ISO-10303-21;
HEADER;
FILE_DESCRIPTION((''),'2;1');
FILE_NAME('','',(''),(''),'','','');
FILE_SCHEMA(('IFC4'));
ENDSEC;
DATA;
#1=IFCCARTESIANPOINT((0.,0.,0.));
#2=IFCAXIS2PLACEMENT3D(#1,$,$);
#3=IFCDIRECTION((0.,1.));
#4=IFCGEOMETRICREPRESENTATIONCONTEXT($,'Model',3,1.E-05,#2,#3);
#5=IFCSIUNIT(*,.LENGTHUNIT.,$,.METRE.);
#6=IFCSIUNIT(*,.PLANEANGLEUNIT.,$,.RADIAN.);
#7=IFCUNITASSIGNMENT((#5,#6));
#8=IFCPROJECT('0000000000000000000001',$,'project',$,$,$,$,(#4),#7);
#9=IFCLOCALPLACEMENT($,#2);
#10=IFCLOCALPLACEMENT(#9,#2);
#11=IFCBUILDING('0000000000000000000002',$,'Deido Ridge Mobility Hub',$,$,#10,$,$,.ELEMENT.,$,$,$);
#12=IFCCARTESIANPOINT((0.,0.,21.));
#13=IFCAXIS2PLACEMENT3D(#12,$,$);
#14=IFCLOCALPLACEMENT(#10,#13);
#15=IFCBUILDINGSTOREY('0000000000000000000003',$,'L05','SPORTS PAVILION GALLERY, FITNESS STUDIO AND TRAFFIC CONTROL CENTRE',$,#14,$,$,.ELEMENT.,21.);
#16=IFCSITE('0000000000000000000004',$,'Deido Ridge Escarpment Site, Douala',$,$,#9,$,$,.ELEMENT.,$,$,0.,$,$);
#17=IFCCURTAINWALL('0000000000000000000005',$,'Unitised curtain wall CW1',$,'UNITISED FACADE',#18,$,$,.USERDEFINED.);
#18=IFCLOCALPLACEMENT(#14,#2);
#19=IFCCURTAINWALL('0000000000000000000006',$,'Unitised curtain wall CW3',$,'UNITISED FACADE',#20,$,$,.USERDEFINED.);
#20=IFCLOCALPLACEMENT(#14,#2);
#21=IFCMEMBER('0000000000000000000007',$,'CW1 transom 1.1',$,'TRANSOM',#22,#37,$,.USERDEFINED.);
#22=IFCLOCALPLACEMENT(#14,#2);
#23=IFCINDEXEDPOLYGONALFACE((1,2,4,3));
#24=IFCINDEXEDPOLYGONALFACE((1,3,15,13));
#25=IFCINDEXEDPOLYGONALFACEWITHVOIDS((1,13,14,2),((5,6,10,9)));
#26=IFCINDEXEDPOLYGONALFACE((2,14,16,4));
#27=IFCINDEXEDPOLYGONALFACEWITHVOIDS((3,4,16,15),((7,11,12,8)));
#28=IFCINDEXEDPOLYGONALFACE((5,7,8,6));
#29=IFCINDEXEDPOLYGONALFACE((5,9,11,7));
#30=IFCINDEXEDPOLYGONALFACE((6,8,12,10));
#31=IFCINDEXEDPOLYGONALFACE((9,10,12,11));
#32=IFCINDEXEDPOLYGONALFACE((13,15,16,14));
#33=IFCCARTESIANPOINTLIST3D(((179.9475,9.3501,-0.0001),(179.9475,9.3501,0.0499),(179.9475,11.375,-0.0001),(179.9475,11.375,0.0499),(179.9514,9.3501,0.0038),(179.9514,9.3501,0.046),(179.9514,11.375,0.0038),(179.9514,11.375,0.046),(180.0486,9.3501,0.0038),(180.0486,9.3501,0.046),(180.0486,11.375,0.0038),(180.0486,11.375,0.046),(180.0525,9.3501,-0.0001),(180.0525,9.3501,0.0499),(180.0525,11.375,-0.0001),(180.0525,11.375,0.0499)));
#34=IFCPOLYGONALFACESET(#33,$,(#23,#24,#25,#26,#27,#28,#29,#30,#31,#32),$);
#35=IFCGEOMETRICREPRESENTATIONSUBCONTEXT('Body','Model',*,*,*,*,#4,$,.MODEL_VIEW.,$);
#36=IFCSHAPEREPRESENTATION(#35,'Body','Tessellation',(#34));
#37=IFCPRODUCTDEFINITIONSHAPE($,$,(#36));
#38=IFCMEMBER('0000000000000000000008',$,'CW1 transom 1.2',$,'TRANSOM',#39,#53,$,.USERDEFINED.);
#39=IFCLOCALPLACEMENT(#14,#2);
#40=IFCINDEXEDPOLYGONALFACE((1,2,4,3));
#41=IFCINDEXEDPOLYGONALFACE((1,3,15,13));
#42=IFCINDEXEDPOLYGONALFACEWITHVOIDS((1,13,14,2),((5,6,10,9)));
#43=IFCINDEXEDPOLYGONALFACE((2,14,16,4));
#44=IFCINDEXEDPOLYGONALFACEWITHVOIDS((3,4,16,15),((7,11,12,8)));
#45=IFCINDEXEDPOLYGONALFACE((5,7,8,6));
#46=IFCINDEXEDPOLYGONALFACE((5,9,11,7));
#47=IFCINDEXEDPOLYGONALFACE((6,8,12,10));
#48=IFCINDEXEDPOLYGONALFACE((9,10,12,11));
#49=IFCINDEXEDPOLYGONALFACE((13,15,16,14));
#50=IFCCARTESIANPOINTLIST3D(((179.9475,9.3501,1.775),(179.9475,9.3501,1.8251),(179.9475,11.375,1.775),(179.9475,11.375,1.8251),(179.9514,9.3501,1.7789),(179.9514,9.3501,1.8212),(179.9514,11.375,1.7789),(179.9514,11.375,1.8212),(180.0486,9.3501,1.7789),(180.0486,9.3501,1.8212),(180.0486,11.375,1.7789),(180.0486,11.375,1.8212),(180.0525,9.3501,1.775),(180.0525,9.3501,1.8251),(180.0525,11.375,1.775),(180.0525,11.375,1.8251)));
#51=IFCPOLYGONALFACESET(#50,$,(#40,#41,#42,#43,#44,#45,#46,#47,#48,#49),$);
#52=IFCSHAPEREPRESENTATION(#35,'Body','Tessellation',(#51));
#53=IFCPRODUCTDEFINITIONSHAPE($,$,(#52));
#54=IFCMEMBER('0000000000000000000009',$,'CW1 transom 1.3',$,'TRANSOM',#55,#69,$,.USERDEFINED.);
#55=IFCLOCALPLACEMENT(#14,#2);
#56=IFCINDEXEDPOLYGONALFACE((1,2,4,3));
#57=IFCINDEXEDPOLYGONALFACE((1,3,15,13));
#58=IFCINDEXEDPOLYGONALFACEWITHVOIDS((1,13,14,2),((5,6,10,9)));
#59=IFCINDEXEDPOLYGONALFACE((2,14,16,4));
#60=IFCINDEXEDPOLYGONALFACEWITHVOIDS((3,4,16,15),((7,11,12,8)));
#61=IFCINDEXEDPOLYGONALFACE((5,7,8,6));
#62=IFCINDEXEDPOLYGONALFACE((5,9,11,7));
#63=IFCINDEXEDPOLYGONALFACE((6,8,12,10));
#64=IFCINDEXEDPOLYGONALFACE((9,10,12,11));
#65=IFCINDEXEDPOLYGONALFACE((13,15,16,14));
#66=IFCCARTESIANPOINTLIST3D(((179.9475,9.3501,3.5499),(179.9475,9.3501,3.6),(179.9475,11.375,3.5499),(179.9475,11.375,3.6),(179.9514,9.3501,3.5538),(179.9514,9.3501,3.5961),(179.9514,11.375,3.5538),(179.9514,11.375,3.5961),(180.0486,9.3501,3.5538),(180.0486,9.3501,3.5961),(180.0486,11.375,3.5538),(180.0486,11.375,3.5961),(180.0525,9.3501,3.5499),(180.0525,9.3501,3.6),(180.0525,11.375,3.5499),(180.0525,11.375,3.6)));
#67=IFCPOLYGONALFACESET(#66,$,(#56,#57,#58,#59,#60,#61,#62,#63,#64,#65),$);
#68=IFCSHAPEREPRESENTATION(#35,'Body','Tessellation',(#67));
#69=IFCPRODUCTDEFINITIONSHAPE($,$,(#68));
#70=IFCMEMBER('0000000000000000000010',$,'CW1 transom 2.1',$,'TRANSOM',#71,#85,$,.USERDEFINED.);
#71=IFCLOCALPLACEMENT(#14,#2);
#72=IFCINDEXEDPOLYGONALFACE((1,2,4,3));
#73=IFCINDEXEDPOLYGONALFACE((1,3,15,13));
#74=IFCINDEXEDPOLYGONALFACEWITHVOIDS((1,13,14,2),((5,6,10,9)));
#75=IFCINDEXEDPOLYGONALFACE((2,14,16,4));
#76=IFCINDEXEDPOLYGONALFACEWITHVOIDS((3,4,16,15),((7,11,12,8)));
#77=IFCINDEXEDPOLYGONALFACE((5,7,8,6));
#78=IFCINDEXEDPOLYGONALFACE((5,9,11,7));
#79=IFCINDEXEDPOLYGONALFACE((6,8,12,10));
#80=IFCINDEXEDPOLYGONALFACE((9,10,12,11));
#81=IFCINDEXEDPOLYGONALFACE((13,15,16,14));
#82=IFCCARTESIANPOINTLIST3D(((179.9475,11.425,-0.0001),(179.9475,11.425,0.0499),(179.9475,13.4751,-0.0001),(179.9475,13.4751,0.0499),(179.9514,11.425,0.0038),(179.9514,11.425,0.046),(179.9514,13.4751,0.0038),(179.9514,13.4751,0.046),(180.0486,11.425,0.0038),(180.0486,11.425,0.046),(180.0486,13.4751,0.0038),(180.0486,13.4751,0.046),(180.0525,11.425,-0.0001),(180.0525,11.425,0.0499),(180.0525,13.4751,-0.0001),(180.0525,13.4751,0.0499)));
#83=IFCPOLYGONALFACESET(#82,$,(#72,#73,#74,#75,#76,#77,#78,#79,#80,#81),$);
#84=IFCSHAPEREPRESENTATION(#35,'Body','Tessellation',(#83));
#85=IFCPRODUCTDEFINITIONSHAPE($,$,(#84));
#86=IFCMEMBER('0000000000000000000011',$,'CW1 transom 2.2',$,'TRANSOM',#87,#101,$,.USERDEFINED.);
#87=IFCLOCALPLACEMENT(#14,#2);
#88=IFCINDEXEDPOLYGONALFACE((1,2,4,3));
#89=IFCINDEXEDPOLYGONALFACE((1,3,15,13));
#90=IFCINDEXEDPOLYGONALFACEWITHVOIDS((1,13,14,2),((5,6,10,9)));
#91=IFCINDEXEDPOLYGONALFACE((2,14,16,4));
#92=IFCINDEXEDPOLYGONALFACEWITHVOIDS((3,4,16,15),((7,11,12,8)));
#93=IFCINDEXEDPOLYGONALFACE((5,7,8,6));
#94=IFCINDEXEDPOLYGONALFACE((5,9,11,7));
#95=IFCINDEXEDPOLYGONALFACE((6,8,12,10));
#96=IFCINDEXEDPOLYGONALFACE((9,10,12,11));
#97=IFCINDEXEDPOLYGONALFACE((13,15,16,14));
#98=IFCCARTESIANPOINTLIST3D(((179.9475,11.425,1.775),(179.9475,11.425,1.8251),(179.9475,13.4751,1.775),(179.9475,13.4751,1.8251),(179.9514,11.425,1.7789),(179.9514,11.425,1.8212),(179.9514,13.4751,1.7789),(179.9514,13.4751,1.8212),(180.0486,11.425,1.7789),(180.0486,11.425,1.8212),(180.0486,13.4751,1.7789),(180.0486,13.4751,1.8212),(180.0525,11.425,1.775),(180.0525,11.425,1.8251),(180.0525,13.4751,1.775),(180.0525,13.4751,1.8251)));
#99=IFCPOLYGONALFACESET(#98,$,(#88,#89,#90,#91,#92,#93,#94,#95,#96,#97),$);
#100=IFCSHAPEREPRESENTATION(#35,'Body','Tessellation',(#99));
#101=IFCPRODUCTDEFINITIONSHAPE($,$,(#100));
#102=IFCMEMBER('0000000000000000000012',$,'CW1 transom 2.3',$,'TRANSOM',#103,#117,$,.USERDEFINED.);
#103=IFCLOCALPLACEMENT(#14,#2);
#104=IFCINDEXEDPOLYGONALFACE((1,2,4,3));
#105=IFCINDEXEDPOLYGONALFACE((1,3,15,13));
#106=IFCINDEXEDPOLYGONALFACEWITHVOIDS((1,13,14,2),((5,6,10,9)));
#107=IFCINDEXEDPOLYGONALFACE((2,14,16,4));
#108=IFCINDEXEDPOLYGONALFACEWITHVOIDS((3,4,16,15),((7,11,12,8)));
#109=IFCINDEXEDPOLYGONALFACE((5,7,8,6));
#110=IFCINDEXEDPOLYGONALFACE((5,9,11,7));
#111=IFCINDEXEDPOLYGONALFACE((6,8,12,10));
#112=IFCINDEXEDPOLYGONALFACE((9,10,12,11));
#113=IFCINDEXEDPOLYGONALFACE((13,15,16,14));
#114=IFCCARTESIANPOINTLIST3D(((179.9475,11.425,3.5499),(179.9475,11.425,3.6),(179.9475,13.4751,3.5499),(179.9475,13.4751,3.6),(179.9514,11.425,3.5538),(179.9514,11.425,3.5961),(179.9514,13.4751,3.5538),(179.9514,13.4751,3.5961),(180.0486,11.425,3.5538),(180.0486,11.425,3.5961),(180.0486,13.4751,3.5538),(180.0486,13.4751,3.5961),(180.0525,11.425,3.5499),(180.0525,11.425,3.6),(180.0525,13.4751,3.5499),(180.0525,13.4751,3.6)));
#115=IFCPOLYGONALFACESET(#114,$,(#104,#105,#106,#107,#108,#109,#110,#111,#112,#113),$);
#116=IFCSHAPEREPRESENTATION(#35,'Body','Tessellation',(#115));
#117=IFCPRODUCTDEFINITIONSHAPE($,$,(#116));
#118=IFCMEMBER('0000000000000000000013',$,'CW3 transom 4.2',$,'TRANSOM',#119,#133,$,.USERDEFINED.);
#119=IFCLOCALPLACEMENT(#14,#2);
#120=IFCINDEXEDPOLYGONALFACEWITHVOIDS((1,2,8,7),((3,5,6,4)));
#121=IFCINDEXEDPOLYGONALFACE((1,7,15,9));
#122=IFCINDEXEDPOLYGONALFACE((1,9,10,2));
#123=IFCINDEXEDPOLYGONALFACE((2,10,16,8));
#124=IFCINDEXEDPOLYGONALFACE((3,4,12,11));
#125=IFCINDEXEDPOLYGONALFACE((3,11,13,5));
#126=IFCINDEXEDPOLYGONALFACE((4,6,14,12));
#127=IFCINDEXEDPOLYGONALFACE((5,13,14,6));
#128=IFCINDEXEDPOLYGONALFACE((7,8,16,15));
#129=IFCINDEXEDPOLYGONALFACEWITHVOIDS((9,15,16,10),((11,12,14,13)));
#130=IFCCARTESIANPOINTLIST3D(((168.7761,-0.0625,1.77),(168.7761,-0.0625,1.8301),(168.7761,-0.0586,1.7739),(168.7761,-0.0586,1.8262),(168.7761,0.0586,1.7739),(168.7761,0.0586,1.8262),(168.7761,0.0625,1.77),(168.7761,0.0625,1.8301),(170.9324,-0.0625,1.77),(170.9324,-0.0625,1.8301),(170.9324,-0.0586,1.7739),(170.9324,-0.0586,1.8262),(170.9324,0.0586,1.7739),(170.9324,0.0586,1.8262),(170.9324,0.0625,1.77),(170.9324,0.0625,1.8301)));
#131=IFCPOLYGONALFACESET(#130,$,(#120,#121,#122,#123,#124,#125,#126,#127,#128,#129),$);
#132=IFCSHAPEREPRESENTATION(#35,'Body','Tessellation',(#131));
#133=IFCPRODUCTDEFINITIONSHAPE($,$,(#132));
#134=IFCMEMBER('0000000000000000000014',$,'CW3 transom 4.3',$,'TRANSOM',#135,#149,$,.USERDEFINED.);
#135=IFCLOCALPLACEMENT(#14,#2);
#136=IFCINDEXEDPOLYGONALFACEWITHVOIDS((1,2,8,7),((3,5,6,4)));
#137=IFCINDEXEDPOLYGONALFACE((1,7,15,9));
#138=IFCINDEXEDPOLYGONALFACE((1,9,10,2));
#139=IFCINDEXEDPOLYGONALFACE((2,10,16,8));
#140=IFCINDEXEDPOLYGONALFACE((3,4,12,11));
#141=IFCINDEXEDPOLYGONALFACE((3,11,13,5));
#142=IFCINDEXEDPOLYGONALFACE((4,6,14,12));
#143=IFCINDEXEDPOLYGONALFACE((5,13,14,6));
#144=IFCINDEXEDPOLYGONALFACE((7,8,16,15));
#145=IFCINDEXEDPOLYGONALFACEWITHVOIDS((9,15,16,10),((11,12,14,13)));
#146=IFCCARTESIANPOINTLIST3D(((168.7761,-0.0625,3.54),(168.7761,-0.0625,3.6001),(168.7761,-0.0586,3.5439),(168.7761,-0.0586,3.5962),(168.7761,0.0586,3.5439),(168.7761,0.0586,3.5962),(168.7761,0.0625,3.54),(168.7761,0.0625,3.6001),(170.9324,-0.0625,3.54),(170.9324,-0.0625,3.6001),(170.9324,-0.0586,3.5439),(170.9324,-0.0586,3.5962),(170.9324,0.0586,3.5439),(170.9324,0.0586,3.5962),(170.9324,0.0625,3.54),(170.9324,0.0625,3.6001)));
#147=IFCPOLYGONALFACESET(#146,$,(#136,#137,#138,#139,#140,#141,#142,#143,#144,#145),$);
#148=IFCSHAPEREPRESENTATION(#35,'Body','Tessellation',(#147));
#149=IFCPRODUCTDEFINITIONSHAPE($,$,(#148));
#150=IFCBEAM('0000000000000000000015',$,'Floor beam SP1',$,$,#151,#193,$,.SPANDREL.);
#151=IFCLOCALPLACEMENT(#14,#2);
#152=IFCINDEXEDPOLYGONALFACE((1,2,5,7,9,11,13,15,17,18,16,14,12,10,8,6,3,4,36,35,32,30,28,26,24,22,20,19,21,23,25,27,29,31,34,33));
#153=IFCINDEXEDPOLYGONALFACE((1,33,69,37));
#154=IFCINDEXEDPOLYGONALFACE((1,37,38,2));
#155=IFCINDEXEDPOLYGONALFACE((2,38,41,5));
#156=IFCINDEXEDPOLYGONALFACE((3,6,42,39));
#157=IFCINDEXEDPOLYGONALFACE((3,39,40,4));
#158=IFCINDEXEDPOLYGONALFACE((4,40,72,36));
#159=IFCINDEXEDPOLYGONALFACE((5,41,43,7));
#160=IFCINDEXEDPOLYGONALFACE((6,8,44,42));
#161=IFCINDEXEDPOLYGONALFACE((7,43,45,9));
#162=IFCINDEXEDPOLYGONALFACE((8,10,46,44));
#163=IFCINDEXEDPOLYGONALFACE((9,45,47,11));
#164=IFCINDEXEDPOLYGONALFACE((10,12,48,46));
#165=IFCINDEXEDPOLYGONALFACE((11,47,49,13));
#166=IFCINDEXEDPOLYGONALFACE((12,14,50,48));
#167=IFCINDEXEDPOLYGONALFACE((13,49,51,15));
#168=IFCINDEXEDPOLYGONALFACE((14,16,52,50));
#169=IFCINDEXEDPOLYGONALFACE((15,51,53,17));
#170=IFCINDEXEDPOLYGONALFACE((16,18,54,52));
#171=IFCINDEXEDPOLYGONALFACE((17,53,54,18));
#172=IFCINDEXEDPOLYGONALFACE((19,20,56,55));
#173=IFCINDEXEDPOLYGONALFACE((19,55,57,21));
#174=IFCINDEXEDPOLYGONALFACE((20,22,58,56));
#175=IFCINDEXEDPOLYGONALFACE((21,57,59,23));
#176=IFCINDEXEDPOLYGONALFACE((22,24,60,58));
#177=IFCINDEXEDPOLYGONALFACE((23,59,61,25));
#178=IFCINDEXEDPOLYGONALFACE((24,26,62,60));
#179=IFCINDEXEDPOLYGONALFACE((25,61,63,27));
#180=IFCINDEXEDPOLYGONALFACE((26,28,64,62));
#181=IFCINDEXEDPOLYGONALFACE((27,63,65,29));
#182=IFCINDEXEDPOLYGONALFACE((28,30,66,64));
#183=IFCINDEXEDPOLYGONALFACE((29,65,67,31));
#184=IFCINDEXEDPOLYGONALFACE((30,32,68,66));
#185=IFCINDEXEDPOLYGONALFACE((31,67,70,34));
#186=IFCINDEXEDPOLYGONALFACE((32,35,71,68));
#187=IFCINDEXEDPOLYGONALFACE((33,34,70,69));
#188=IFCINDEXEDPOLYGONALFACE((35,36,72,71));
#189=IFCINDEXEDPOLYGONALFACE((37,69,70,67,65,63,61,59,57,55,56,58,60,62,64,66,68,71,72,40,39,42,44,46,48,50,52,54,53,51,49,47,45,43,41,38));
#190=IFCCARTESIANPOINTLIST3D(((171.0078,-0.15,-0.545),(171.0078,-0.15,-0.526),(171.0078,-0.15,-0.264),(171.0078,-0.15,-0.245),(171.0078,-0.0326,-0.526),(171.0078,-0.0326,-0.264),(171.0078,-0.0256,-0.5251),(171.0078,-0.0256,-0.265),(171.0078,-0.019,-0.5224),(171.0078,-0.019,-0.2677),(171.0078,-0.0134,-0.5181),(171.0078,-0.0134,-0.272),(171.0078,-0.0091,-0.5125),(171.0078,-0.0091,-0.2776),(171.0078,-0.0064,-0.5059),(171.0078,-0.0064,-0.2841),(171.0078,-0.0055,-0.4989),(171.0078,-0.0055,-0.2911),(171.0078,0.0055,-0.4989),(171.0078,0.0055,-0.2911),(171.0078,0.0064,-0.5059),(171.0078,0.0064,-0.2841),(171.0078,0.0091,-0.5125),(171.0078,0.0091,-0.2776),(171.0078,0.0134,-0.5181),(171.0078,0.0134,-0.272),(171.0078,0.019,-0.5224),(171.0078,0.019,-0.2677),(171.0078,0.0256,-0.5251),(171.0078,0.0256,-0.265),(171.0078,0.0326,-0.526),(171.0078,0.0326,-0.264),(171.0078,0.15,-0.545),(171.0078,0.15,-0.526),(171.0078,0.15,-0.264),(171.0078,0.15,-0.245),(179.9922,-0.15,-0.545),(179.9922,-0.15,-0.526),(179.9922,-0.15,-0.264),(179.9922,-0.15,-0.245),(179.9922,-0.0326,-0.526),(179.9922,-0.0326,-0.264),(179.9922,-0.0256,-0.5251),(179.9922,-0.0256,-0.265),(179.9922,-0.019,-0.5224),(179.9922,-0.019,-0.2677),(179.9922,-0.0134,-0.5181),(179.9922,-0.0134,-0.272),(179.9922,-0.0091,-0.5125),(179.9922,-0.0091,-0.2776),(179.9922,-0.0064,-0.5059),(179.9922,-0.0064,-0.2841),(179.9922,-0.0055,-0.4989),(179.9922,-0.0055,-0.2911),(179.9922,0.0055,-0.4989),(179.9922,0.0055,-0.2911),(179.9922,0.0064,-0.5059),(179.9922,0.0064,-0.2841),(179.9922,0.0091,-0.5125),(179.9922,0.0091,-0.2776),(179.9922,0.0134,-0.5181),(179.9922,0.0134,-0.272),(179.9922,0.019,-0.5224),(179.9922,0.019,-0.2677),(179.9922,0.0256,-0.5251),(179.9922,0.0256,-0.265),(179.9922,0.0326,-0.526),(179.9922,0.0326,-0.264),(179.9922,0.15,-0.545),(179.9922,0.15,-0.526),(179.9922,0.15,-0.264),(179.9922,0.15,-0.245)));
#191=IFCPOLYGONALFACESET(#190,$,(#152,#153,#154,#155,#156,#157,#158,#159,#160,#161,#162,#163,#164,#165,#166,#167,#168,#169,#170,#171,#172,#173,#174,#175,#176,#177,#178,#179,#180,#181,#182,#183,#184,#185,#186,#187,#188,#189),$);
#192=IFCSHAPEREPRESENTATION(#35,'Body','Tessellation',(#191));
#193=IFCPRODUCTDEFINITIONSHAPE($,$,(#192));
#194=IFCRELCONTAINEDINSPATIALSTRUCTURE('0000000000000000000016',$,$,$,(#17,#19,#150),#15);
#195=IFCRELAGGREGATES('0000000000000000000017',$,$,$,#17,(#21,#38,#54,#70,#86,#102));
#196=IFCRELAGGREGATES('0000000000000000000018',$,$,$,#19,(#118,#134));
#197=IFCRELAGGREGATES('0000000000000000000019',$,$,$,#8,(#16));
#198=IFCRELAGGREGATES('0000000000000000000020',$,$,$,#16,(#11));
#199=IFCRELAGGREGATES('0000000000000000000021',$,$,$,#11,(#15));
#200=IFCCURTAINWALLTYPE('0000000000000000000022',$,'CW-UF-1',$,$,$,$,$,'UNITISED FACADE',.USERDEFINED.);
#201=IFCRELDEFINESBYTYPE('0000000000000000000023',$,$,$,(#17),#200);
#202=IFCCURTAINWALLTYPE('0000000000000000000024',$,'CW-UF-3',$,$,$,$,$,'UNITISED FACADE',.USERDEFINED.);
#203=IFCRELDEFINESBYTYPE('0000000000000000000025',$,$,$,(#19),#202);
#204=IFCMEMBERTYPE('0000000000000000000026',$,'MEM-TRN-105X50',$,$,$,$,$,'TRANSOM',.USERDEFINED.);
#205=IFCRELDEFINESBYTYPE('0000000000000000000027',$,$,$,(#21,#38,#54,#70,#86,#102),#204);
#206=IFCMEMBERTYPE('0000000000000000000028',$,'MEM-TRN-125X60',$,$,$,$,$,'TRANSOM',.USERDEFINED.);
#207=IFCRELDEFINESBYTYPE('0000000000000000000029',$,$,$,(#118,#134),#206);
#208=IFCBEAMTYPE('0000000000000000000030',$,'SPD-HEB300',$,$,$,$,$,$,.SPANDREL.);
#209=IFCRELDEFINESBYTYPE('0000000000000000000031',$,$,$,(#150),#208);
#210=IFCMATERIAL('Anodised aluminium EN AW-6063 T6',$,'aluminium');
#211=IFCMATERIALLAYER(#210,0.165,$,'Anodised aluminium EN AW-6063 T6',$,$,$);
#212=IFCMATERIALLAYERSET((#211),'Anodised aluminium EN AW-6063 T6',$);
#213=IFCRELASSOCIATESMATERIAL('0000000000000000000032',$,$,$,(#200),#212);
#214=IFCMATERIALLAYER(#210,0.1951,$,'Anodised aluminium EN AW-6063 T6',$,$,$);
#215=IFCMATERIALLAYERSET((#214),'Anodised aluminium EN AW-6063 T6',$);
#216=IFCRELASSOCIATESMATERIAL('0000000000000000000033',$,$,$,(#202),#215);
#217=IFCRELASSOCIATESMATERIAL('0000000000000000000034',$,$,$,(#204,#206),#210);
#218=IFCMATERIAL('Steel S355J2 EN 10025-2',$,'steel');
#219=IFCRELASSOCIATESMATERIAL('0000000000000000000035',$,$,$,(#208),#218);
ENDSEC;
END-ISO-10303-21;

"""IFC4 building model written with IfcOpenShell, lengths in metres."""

from ifc_helpers import new_model, si_unit, direction, frame, origin, origin_2d, place, context, subcontext, project, spatial, hollow_rectangle, i_section, extrude, material, layer, layer_set, material_profile, profile_set, type_object, element, aggregate, save


model = new_model("IFC4")

# Units and contexts
model_context = context("Model", 3, precision=1e-05, world=origin(), true_north=direction((0.0, 1.0)))
body_context = subcontext(model_context, "Body", "Model", "MODEL_VIEW")
ifc_project = project(units=[si_unit("LENGTHUNIT", "METRE"), si_unit("PLANEANGLEUNIT", "RADIAN")], contexts=[model_context])

# Site, building, storey
site_placement = place(None, origin())
site = spatial("IfcSite", under=ifc_project, at=site_placement, Name="Deido Ridge Escarpment Site, Douala", CompositionType="ELEMENT", RefElevation=0.0)
building_placement = place(site_placement, origin())
building = spatial("IfcBuilding", under=site, at=building_placement, Name="Deido Ridge Mobility Hub", CompositionType="ELEMENT")
storey_placement = place(building_placement, frame((0.0, 0.0, 21.0)))
storey = spatial("IfcBuildingStorey", under=building, at=storey_placement, Name="L05", Description="SPORTS PAVILION GALLERY, FITNESS STUDIO AND TRAFFIC CONTROL CENTRE", CompositionType="ELEMENT", Elevation=21.0)

# Shared definitions
ifc_material_1 = material(Name="Steel S355J2 EN 10025-2", Category="steel")

# Curtain wall
ifc_material_2 = material(Name="Anodised aluminium EN AW-6063 T6", Category="aluminium")
ifc_layer_1 = layer(ifc_material_2, 0.165, Name="Anodised aluminium EN AW-6063 T6")
ifc_layer_set_1 = layer_set([ifc_layer_1], Name="Anodised aluminium EN AW-6063 T6")
curtain_wall_type_1 = type_object("IfcCurtainWallType", Name="CW-UF-1", ElementType="UNITISED FACADE", PredefinedType="USERDEFINED", material=ifc_layer_set_1)
curtain_wall_1_placement = place(storey_placement, origin())
curtain_wall_1 = element("IfcCurtainWall", 1, at=curtain_wall_1_placement, inside=storey, type_object=curtain_wall_type_1, Name="Unitised curtain wall CW1", ObjectType="UNITISED FACADE", PredefinedType="USERDEFINED")

# Curtain wall
ifc_layer_2 = layer(ifc_material_2, 0.1951, Name="Anodised aluminium EN AW-6063 T6")
ifc_layer_set_2 = layer_set([ifc_layer_2], Name="Anodised aluminium EN AW-6063 T6")
curtain_wall_type_2 = type_object("IfcCurtainWallType", Name="CW-UF-3", ElementType="UNITISED FACADE", PredefinedType="USERDEFINED", material=ifc_layer_set_2)
curtain_wall_2_placement = place(storey_placement, origin())
curtain_wall_2 = element("IfcCurtainWall", 2, at=curtain_wall_2_placement, inside=storey, type_object=curtain_wall_type_2, Name="Unitised curtain wall CW3", ObjectType="UNITISED FACADE", PredefinedType="USERDEFINED")

# Members
ifc_material_profile_1 = material_profile(ifc_material_2, hollow_rectangle(XDim=0.105, YDim=0.05, WallThickness=0.0039, at=origin_2d()), Name="RHS 105x50x4")
ifc_profile_set_1 = profile_set([ifc_material_profile_1], Name="Anodised aluminium EN AW-6063 T6")
member_type_1 = type_object("IfcMemberType", Name="MEM-TRN-105X50", ElementType="TRANSOM", PredefinedType="USERDEFINED", material=ifc_profile_set_1)
member_1_placement = place(storey_placement, frame((180.0, 9.3501, 0.0249), z_axis=(0.0, 1.0, 0.0), x_axis=(-1.0, 0.0, 0.0)))
member_1 = element("IfcMember", 3, at=member_1_placement, type_object=member_type_1, Name="CW1 transom 1.1", ObjectType="TRANSOM", PredefinedType="USERDEFINED", context=body_context, shape_type="SweptSolid", body=[
    extrude(hollow_rectangle(XDim=0.105, YDim=0.05, WallThickness=0.0039, at=origin_2d()), origin(), (0.0, 0.0, 1.0), 2.0249),
])
member_2_placement = place(storey_placement, frame((180.0, 9.3501, 1.8), z_axis=(0.0, 1.0, 0.0), x_axis=(-1.0, 0.0, 0.0)))
member_2 = element("IfcMember", 4, at=member_2_placement, type_object=member_type_1, Name="CW1 transom 1.2", ObjectType="TRANSOM", PredefinedType="USERDEFINED", context=body_context, shape_type="SweptSolid", body=[
    extrude(hollow_rectangle(XDim=0.105, YDim=0.05, WallThickness=0.0039, at=origin_2d()), origin(), (0.0, 0.0, 1.0), 2.0249),
])
member_3_placement = place(storey_placement, frame((180.0, 9.3501, 3.575), z_axis=(0.0, 1.0, 0.0), x_axis=(-1.0, 0.0, 0.0)))
member_3 = element("IfcMember", 5, at=member_3_placement, type_object=member_type_1, Name="CW1 transom 1.3", ObjectType="TRANSOM", PredefinedType="USERDEFINED", context=body_context, shape_type="SweptSolid", body=[
    extrude(hollow_rectangle(XDim=0.105, YDim=0.05, WallThickness=0.0039, at=origin_2d()), origin(), (0.0, 0.0, 1.0), 2.0249),
])
member_4_placement = place(storey_placement, frame((180.0, 11.425, 0.0249), z_axis=(0.0, 1.0, 0.0), x_axis=(-1.0, 0.0, 0.0)))
member_4 = element("IfcMember", 6, at=member_4_placement, type_object=member_type_1, Name="CW1 transom 2.1", ObjectType="TRANSOM", PredefinedType="USERDEFINED", context=body_context, shape_type="SweptSolid", body=[
    extrude(hollow_rectangle(XDim=0.105, YDim=0.05, WallThickness=0.0039, at=origin_2d()), origin(), (0.0, 0.0, 1.0), 2.05),
])
member_5_placement = place(storey_placement, frame((180.0, 11.425, 1.8), z_axis=(0.0, 1.0, 0.0), x_axis=(-1.0, 0.0, 0.0)))
member_5 = element("IfcMember", 7, at=member_5_placement, type_object=member_type_1, Name="CW1 transom 2.2", ObjectType="TRANSOM", PredefinedType="USERDEFINED", context=body_context, shape_type="SweptSolid", body=[
    extrude(hollow_rectangle(XDim=0.105, YDim=0.05, WallThickness=0.0039, at=origin_2d()), origin(), (0.0, 0.0, 1.0), 2.05),
])
member_6_placement = place(storey_placement, frame((180.0, 11.425, 3.575), z_axis=(0.0, 1.0, 0.0), x_axis=(-1.0, 0.0, 0.0)))
member_6 = element("IfcMember", 8, at=member_6_placement, type_object=member_type_1, Name="CW1 transom 2.3", ObjectType="TRANSOM", PredefinedType="USERDEFINED", context=body_context, shape_type="SweptSolid", body=[
    extrude(hollow_rectangle(XDim=0.105, YDim=0.05, WallThickness=0.0039, at=origin_2d()), origin(), (0.0, 0.0, 1.0), 2.05),
])
ifc_material_profile_2 = material_profile(ifc_material_2, hollow_rectangle(XDim=0.125, YDim=0.0601, WallThickness=0.0039, at=origin_2d()), Name="RHS 125x60x4")
ifc_profile_set_2 = profile_set([ifc_material_profile_2], Name="Anodised aluminium EN AW-6063 T6")
member_type_2 = type_object("IfcMemberType", Name="MEM-TRN-125X60", ElementType="TRANSOM", PredefinedType="USERDEFINED", material=ifc_profile_set_2)
member_7_placement = place(storey_placement, frame((168.7761, 0.0, 1.8), z_axis=(1.0, 0.0, 0.0), x_axis=(0.0, 1.0, 0.0)))
member_7 = element("IfcMember", 9, at=member_7_placement, type_object=member_type_2, Name="CW3 transom 4.2", ObjectType="TRANSOM", PredefinedType="USERDEFINED", context=body_context, shape_type="SweptSolid", body=[
    extrude(hollow_rectangle(XDim=0.125, YDim=0.0601, WallThickness=0.0039, at=origin_2d()), origin(), (0.0, 0.0, 1.0), 2.1562),
])
member_8_placement = place(storey_placement, frame((168.7761, 0.0, 3.5701), z_axis=(1.0, 0.0, 0.0), x_axis=(0.0, 1.0, 0.0)))
member_8 = element("IfcMember", 10, at=member_8_placement, type_object=member_type_2, Name="CW3 transom 4.3", ObjectType="TRANSOM", PredefinedType="USERDEFINED", context=body_context, shape_type="SweptSolid", body=[
    extrude(hollow_rectangle(XDim=0.125, YDim=0.0601, WallThickness=0.0039, at=origin_2d()), origin(), (0.0, 0.0, 1.0), 2.1562),
])

# Beam
ifc_material_profile_3 = material_profile(ifc_material_1, i_section(OverallWidth=0.3, OverallDepth=0.3, WebThickness=0.011, FlangeThickness=0.019, FilletRadius=0.0271, at=origin_2d()), Name="HEB 300")
ifc_profile_set_3 = profile_set([ifc_material_profile_3], Name="Steel S355J2 EN 10025-2")
beam_type = type_object("IfcBeamType", Name="SPD-HEB300", PredefinedType="SPANDREL", material=ifc_profile_set_3)
beam_placement = place(storey_placement, frame((171.0078, 0.0, -0.395), z_axis=(1.0, 0.0, 0.0), x_axis=(0.0, 1.0, 0.0)))
element("IfcBeam", 11, at=beam_placement, inside=storey, type_object=beam_type, Name="Floor beam SP1", PredefinedType="SPANDREL", context=body_context, shape_type="SweptSolid", body=[
    extrude(i_section(OverallWidth=0.3, OverallDepth=0.3, WebThickness=0.011, FlangeThickness=0.019, FilletRadius=0.0271, at=origin_2d()), origin(), (0.0, 0.0, 1.0), 8.9844),
])

aggregate(curtain_wall_1, [member_1, member_2, member_3, member_4, member_5, member_6])
aggregate(curtain_wall_2, [member_7, member_8])

save(model, "model.ifc")
